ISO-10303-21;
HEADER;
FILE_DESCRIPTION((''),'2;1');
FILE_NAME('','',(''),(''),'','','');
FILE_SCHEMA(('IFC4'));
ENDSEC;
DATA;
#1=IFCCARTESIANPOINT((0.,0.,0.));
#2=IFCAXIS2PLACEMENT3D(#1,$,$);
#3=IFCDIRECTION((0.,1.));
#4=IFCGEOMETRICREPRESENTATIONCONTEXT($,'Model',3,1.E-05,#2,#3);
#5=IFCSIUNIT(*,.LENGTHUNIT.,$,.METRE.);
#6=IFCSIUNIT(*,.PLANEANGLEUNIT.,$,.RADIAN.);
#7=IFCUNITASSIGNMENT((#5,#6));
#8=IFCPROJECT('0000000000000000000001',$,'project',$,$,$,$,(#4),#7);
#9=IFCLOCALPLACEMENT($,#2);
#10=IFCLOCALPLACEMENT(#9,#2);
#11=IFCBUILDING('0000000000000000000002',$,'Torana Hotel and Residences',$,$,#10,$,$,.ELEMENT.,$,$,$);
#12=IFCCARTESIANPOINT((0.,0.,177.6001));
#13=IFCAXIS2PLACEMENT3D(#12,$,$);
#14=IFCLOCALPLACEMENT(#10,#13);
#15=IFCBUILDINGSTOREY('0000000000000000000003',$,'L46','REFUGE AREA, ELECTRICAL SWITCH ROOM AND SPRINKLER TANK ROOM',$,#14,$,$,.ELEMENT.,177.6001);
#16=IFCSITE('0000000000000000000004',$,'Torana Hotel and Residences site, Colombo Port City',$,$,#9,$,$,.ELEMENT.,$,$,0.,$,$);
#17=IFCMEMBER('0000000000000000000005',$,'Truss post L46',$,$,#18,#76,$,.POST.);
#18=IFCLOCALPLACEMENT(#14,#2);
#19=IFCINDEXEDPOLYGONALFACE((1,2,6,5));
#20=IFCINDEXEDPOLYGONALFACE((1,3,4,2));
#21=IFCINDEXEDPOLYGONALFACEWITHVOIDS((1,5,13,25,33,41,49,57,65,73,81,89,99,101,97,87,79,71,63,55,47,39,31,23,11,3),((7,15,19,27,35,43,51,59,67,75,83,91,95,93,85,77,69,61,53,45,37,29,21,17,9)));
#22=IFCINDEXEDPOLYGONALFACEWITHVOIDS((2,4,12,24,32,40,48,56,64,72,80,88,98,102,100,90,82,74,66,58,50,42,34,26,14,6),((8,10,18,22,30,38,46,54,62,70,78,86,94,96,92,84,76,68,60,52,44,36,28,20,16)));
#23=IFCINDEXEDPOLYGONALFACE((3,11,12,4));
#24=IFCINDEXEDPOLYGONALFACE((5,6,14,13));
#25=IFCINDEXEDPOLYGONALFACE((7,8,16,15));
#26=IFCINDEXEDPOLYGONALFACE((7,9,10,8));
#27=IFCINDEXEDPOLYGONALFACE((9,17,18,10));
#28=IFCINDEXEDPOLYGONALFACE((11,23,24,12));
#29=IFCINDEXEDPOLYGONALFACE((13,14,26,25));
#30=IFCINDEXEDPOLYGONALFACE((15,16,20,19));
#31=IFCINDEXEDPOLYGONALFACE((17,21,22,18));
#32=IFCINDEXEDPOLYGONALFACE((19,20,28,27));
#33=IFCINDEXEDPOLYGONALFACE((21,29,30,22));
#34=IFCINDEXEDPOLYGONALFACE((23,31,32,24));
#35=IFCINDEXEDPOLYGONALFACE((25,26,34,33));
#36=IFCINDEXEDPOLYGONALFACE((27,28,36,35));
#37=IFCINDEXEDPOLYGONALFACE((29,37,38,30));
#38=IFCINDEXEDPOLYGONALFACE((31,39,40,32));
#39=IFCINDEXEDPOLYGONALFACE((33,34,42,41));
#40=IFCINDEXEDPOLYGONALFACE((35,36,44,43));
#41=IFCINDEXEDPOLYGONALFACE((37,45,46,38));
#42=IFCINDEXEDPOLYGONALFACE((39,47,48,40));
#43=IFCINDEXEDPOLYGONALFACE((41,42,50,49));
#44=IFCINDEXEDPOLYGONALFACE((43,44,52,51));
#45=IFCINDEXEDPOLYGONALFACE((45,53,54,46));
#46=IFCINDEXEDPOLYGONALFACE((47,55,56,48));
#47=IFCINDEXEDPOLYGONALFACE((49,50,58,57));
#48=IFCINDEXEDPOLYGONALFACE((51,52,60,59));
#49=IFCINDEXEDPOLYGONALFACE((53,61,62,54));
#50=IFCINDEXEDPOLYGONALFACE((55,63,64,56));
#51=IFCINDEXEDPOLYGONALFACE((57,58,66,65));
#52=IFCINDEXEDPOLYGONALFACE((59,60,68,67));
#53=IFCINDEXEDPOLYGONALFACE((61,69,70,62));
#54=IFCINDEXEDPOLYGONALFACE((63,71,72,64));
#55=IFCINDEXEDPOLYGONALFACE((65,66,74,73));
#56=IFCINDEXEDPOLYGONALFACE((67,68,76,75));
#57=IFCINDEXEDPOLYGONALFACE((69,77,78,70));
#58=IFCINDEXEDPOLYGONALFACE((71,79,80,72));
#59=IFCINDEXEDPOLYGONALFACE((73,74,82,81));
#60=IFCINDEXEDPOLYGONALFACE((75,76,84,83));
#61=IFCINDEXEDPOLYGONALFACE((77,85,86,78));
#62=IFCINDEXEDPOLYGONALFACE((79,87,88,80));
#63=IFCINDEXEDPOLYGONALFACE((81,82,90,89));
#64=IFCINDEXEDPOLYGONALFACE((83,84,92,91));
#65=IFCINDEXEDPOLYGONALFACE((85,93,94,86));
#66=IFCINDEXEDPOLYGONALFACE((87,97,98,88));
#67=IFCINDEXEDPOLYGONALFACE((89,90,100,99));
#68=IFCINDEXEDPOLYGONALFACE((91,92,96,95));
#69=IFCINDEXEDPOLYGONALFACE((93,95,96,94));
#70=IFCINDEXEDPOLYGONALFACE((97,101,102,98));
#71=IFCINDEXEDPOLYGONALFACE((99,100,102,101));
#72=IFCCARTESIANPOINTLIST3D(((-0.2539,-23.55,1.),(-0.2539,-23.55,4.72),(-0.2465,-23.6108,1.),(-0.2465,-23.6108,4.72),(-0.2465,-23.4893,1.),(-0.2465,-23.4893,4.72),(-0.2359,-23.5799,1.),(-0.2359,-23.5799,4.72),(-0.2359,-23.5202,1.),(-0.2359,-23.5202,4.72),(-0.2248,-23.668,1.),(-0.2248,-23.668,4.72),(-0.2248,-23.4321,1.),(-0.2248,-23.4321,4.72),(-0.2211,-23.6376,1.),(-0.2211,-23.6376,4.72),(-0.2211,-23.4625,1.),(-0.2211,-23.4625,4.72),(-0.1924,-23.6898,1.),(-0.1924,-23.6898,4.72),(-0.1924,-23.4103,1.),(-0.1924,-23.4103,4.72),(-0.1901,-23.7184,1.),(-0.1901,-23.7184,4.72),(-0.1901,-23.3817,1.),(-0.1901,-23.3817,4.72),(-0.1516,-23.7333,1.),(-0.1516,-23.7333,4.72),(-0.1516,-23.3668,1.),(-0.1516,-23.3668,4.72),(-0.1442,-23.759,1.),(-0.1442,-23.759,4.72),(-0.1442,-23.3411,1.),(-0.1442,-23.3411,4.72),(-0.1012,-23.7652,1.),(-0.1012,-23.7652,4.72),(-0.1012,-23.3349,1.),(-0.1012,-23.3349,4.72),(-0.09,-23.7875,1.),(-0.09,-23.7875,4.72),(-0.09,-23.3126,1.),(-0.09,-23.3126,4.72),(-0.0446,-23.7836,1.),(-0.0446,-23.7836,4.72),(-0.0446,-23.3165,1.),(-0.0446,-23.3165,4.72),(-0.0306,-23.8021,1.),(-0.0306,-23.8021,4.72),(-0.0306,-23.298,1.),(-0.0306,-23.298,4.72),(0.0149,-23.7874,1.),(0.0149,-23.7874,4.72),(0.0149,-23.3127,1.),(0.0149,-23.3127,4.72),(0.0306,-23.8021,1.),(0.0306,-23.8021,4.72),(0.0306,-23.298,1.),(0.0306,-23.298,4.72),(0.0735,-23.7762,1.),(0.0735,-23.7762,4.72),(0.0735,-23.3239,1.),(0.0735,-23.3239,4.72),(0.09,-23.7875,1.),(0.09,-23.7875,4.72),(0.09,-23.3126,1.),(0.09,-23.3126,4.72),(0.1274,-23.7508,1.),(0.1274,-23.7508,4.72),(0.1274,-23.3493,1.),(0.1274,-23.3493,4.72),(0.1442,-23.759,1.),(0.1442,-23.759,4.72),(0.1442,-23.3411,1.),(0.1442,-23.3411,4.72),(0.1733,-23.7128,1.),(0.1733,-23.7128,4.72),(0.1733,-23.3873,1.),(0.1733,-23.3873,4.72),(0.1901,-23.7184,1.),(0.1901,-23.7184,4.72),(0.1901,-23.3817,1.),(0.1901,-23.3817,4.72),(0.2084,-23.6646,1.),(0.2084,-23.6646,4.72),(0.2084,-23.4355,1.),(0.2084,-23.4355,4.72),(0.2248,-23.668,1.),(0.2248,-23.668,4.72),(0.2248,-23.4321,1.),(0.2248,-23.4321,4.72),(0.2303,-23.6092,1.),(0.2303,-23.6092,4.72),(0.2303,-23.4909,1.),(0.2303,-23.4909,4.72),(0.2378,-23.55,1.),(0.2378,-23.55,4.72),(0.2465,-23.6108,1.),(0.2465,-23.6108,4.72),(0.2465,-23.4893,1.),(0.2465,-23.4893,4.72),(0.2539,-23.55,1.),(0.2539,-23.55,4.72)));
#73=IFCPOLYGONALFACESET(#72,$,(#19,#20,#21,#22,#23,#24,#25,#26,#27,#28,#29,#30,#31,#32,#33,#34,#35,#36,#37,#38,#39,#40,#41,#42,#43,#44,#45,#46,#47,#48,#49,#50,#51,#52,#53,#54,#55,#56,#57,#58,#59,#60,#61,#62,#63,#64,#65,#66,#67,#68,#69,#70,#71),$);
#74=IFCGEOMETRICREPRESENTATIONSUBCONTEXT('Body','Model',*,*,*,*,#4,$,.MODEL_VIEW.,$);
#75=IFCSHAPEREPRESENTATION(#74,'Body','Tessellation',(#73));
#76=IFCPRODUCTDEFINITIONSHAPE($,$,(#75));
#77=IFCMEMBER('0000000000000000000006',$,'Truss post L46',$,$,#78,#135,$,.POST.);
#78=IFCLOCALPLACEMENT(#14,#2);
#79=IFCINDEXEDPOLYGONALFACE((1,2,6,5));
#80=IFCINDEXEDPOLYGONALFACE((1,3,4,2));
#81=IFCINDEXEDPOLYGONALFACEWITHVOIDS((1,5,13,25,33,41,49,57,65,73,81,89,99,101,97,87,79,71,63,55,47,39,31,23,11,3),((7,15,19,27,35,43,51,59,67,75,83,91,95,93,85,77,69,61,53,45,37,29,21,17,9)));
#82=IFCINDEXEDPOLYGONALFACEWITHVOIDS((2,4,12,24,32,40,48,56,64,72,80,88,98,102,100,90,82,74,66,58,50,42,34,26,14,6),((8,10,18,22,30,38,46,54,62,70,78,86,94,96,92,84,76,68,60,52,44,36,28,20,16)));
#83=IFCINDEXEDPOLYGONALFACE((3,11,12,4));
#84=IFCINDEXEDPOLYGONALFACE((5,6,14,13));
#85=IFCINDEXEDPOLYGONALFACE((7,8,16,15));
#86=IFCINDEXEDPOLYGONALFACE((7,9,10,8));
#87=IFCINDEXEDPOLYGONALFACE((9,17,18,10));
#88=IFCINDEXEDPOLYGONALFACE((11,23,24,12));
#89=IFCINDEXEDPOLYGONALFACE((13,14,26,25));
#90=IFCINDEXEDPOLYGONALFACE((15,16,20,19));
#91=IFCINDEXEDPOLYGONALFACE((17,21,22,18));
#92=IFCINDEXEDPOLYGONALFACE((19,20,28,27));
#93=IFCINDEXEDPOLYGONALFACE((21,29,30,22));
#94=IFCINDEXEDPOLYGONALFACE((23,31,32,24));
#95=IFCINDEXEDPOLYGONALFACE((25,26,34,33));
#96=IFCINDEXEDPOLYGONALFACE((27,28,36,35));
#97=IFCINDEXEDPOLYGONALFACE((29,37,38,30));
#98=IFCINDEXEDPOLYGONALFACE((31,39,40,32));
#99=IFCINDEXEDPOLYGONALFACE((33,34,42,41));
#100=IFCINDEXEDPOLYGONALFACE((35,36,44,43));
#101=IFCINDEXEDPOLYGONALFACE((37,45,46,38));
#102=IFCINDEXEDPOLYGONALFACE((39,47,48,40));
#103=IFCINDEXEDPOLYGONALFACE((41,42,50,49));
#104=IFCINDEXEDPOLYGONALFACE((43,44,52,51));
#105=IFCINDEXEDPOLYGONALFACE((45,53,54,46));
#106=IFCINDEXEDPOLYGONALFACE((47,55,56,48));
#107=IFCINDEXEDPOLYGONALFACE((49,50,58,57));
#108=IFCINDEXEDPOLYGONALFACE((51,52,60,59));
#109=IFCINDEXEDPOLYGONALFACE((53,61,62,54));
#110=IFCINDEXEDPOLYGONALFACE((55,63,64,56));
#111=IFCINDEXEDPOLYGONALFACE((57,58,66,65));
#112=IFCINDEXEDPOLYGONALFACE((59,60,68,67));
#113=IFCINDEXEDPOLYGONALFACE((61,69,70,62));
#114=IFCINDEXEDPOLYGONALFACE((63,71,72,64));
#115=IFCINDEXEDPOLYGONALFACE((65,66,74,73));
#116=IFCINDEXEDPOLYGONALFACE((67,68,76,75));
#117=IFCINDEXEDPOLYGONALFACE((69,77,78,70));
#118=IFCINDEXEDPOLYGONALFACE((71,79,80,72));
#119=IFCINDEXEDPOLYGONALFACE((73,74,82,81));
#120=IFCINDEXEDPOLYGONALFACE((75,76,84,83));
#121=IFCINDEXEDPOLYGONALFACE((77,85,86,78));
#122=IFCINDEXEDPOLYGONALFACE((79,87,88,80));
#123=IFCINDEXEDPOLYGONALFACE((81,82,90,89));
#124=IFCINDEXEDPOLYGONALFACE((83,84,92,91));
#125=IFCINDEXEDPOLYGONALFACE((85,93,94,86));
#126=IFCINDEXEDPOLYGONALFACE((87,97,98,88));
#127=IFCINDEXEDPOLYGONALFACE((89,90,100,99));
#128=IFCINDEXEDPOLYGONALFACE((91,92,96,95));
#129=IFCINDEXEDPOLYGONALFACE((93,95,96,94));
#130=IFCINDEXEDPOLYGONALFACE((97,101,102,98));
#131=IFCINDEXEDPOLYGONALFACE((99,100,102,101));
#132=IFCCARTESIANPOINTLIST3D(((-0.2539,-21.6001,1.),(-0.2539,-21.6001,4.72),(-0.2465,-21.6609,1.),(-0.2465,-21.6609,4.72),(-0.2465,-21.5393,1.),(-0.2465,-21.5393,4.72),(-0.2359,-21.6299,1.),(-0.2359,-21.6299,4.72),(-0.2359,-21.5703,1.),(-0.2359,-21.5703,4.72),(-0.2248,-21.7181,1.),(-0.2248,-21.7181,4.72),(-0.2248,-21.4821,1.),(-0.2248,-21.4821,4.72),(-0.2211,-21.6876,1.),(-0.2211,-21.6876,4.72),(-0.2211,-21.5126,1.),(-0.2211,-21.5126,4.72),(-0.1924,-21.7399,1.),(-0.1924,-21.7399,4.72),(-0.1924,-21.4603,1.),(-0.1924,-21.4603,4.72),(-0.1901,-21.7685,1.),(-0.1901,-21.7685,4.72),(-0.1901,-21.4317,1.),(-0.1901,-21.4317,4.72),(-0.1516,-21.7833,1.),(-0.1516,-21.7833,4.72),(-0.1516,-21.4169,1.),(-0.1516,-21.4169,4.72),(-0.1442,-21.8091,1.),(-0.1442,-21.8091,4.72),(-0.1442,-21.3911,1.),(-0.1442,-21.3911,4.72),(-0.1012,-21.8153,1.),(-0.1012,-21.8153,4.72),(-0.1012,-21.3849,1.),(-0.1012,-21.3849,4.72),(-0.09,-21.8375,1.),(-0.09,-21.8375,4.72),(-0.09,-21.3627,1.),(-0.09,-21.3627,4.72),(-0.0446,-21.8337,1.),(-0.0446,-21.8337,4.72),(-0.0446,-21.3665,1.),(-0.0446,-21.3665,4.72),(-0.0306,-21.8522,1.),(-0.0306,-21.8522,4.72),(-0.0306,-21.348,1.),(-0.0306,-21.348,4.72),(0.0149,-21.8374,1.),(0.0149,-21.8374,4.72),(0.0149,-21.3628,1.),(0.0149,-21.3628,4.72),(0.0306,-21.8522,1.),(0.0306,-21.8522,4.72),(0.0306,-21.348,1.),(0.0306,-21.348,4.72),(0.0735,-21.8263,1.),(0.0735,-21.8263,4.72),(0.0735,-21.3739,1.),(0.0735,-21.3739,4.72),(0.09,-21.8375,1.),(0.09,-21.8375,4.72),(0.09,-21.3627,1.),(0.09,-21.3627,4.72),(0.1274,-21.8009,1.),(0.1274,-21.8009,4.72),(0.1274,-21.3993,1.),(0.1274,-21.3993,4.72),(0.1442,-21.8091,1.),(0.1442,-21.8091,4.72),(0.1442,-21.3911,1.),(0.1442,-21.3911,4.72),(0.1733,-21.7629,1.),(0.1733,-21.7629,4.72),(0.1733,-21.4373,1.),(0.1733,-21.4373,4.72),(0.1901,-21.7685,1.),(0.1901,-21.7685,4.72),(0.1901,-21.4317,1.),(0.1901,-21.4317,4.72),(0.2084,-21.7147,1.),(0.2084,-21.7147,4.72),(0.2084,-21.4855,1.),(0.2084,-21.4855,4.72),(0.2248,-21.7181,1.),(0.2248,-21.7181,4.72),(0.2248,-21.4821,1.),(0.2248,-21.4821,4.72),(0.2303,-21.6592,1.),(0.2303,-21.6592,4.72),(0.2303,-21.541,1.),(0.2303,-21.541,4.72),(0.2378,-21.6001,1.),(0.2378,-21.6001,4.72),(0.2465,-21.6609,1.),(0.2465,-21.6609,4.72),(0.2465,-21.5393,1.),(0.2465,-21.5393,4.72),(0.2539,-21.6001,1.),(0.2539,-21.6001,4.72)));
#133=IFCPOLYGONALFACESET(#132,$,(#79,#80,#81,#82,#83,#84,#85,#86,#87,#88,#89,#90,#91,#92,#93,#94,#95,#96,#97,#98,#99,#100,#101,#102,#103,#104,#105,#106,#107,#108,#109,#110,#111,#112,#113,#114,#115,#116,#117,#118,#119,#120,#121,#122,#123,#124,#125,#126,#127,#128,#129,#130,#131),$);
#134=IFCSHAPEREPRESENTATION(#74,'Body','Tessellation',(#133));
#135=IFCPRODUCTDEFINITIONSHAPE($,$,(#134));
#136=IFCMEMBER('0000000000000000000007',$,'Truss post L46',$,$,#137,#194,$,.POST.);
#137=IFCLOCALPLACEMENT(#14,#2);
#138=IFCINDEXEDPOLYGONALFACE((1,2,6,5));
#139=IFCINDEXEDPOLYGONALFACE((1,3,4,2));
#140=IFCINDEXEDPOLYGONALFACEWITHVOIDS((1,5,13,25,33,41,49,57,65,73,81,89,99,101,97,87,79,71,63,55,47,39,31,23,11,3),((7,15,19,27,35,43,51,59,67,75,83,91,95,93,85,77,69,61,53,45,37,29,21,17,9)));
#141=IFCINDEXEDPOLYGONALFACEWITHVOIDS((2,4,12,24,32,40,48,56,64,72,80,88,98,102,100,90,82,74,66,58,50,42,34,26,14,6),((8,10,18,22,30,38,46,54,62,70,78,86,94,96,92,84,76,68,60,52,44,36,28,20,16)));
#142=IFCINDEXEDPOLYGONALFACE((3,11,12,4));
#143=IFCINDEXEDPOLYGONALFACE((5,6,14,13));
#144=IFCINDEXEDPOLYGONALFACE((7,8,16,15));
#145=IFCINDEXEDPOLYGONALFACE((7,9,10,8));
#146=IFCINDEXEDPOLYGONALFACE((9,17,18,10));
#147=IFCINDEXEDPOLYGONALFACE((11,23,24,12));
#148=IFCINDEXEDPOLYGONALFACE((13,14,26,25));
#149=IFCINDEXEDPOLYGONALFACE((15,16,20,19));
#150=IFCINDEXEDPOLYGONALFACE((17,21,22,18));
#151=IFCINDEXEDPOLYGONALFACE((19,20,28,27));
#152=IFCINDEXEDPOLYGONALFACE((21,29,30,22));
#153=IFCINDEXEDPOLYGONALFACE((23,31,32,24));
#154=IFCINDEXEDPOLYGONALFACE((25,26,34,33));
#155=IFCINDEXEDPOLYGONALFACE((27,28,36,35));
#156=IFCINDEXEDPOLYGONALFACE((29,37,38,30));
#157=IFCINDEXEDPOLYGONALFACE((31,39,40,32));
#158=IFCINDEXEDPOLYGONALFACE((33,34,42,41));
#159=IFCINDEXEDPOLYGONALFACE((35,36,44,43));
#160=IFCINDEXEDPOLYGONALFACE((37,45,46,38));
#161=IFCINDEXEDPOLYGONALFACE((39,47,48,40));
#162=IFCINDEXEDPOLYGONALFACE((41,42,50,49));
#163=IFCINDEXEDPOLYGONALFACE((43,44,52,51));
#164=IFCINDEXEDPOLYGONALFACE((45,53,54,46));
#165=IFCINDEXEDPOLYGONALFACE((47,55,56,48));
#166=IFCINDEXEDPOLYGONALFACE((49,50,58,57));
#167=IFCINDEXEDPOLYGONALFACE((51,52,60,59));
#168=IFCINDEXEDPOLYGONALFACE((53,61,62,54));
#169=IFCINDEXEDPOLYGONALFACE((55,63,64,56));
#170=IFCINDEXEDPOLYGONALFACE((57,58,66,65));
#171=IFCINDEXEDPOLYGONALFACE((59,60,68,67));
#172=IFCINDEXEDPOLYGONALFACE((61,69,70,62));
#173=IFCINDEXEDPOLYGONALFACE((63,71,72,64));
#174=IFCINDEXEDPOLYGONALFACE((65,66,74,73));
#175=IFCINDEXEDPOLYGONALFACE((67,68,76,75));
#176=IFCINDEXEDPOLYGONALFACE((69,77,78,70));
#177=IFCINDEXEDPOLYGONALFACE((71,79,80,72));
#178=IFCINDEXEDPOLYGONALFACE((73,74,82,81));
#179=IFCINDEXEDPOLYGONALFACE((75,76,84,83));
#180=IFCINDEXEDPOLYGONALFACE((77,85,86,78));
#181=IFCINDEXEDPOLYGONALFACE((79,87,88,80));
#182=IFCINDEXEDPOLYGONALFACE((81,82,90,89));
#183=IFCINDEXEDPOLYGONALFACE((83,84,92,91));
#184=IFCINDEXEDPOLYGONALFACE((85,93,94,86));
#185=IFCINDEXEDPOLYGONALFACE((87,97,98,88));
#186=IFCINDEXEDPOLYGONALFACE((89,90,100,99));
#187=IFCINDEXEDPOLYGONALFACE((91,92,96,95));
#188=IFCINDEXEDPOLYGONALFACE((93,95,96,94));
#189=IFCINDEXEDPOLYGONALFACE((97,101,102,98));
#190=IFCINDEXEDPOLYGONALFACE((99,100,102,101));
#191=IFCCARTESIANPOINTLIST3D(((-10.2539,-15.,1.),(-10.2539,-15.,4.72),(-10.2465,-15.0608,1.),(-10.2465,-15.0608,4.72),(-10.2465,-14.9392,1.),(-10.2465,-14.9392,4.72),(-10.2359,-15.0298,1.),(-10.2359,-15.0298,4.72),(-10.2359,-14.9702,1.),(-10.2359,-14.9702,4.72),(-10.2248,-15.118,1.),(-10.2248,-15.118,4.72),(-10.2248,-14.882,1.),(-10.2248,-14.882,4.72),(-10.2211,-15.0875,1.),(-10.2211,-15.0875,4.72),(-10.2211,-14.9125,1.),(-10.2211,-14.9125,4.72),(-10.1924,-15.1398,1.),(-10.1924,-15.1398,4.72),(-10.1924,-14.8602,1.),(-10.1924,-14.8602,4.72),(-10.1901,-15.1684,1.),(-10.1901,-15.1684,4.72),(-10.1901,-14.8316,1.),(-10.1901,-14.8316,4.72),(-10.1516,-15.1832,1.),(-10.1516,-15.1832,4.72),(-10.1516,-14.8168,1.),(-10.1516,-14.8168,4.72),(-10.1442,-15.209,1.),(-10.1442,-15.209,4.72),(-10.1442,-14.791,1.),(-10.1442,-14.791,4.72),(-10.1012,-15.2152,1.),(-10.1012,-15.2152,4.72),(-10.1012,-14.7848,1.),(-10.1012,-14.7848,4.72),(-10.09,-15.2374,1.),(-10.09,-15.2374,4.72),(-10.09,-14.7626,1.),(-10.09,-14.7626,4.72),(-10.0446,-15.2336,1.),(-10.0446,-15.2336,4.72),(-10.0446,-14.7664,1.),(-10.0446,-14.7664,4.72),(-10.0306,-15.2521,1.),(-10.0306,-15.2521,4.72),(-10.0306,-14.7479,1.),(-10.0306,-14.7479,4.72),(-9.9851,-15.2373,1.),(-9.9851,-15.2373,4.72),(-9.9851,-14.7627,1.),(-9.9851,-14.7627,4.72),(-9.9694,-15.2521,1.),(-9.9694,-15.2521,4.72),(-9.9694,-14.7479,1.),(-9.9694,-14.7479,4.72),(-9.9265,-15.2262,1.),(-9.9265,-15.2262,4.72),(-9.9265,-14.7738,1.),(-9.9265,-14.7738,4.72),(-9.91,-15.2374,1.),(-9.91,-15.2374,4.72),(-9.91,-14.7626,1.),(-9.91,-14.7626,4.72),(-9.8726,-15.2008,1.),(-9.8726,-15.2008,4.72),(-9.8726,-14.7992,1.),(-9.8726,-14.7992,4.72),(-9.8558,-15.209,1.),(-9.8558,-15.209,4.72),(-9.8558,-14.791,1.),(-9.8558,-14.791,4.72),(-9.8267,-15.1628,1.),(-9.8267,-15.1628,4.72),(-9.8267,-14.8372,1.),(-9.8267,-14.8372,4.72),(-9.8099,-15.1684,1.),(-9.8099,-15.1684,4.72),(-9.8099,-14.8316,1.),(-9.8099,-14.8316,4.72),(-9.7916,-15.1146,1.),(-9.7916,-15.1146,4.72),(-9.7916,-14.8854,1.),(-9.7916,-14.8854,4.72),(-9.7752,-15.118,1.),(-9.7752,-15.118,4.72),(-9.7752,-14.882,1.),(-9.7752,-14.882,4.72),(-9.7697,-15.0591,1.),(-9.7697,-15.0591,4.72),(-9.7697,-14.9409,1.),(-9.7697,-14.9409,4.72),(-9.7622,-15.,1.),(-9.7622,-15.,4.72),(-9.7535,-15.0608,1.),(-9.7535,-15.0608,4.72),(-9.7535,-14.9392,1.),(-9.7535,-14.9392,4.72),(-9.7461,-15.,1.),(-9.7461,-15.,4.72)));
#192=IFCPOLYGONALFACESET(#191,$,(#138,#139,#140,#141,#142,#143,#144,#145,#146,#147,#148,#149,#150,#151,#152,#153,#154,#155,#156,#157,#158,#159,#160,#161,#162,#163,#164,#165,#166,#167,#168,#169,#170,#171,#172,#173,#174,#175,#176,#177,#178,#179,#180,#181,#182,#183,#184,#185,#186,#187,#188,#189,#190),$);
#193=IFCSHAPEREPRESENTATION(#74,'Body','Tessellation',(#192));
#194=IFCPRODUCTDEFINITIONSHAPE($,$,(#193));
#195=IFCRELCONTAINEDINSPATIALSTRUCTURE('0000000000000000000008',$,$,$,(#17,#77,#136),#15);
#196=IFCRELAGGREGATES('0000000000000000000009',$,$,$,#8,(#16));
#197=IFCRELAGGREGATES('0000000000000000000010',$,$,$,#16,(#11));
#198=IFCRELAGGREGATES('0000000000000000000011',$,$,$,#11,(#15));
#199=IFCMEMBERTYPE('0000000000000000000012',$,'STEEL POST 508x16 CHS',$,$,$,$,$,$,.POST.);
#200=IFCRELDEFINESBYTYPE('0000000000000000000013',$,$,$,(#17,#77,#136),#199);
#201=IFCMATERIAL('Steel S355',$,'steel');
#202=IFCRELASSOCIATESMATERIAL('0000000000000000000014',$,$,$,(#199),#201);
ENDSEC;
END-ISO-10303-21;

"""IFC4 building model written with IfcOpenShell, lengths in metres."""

from ifc_helpers import new_model, si_unit, direction, frame, origin, origin_2d, place, context, subcontext, project, spatial, hollow_circle, extrude, material, material_profile, profile_set, type_object, element, save


model = new_model("IFC4")

# Units and contexts
model_context = context("Model", 3, precision=1e-05, world=origin(), true_north=direction((0.0, 1.0)))
body_context = subcontext(model_context, "Body", "Model", "MODEL_VIEW")
ifc_project = project(units=[si_unit("LENGTHUNIT", "METRE"), si_unit("PLANEANGLEUNIT", "RADIAN")], contexts=[model_context])

# Site, building, storey
site_placement = place(None, origin())
site = spatial("IfcSite", under=ifc_project, at=site_placement, Name="Torana Hotel and Residences site, Colombo Port City", CompositionType="ELEMENT", RefElevation=0.0)
building_placement = place(site_placement, origin())
building = spatial("IfcBuilding", under=site, at=building_placement, Name="Torana Hotel and Residences", CompositionType="ELEMENT")
storey_placement = place(building_placement, frame((0.0, 0.0, 177.6001)))
storey = spatial("IfcBuildingStorey", under=building, at=storey_placement, Name="L46", Description="REFUGE AREA, ELECTRICAL SWITCH ROOM AND SPRINKLER TANK ROOM", CompositionType="ELEMENT", Elevation=177.6001)

# Members
ifc_material_1 = material(Name="Steel S355", Category="steel")
ifc_material_profile_1 = material_profile(ifc_material_1, hollow_circle(Radius=0.2539, WallThickness=0.0161, at=origin_2d()), Name="508x16 CHS")
ifc_profile_set_1 = profile_set([ifc_material_profile_1], Name="Steel S355")
member_type_1 = type_object("IfcMemberType", Name="STEEL POST 508x16 CHS", PredefinedType="POST", material=ifc_profile_set_1)
for number, where, z_axis, x_axis, name in (
    (1, (0.0, -23.55, 1.0), (0.0, 0.0, 1.0), (1.0, 0.0, 0.0), "Truss post L46"),
    (2, (0.0, -21.6001, 1.0), (0.0, 0.0, 1.0), (1.0, 0.0, 0.0), "Truss post L46"),
    (3, (-10.0, -15.0, 1.0), (0.0, 0.0, 1.0), (1.0, 0.0, 0.0), "Truss post L46"),
):
    element("IfcMember", number, at=place(storey_placement, frame(where, z_axis=z_axis, x_axis=x_axis)), inside=storey, type_object=member_type_1, Name=name, PredefinedType="POST", context=body_context, shape_type="SweptSolid", body=[
        extrude(hollow_circle(Radius=0.2539, WallThickness=0.0161, at=origin_2d()), origin(), (0.0, 0.0, 1.0), 3.72),
    ])

save(model, "model.ifc")
